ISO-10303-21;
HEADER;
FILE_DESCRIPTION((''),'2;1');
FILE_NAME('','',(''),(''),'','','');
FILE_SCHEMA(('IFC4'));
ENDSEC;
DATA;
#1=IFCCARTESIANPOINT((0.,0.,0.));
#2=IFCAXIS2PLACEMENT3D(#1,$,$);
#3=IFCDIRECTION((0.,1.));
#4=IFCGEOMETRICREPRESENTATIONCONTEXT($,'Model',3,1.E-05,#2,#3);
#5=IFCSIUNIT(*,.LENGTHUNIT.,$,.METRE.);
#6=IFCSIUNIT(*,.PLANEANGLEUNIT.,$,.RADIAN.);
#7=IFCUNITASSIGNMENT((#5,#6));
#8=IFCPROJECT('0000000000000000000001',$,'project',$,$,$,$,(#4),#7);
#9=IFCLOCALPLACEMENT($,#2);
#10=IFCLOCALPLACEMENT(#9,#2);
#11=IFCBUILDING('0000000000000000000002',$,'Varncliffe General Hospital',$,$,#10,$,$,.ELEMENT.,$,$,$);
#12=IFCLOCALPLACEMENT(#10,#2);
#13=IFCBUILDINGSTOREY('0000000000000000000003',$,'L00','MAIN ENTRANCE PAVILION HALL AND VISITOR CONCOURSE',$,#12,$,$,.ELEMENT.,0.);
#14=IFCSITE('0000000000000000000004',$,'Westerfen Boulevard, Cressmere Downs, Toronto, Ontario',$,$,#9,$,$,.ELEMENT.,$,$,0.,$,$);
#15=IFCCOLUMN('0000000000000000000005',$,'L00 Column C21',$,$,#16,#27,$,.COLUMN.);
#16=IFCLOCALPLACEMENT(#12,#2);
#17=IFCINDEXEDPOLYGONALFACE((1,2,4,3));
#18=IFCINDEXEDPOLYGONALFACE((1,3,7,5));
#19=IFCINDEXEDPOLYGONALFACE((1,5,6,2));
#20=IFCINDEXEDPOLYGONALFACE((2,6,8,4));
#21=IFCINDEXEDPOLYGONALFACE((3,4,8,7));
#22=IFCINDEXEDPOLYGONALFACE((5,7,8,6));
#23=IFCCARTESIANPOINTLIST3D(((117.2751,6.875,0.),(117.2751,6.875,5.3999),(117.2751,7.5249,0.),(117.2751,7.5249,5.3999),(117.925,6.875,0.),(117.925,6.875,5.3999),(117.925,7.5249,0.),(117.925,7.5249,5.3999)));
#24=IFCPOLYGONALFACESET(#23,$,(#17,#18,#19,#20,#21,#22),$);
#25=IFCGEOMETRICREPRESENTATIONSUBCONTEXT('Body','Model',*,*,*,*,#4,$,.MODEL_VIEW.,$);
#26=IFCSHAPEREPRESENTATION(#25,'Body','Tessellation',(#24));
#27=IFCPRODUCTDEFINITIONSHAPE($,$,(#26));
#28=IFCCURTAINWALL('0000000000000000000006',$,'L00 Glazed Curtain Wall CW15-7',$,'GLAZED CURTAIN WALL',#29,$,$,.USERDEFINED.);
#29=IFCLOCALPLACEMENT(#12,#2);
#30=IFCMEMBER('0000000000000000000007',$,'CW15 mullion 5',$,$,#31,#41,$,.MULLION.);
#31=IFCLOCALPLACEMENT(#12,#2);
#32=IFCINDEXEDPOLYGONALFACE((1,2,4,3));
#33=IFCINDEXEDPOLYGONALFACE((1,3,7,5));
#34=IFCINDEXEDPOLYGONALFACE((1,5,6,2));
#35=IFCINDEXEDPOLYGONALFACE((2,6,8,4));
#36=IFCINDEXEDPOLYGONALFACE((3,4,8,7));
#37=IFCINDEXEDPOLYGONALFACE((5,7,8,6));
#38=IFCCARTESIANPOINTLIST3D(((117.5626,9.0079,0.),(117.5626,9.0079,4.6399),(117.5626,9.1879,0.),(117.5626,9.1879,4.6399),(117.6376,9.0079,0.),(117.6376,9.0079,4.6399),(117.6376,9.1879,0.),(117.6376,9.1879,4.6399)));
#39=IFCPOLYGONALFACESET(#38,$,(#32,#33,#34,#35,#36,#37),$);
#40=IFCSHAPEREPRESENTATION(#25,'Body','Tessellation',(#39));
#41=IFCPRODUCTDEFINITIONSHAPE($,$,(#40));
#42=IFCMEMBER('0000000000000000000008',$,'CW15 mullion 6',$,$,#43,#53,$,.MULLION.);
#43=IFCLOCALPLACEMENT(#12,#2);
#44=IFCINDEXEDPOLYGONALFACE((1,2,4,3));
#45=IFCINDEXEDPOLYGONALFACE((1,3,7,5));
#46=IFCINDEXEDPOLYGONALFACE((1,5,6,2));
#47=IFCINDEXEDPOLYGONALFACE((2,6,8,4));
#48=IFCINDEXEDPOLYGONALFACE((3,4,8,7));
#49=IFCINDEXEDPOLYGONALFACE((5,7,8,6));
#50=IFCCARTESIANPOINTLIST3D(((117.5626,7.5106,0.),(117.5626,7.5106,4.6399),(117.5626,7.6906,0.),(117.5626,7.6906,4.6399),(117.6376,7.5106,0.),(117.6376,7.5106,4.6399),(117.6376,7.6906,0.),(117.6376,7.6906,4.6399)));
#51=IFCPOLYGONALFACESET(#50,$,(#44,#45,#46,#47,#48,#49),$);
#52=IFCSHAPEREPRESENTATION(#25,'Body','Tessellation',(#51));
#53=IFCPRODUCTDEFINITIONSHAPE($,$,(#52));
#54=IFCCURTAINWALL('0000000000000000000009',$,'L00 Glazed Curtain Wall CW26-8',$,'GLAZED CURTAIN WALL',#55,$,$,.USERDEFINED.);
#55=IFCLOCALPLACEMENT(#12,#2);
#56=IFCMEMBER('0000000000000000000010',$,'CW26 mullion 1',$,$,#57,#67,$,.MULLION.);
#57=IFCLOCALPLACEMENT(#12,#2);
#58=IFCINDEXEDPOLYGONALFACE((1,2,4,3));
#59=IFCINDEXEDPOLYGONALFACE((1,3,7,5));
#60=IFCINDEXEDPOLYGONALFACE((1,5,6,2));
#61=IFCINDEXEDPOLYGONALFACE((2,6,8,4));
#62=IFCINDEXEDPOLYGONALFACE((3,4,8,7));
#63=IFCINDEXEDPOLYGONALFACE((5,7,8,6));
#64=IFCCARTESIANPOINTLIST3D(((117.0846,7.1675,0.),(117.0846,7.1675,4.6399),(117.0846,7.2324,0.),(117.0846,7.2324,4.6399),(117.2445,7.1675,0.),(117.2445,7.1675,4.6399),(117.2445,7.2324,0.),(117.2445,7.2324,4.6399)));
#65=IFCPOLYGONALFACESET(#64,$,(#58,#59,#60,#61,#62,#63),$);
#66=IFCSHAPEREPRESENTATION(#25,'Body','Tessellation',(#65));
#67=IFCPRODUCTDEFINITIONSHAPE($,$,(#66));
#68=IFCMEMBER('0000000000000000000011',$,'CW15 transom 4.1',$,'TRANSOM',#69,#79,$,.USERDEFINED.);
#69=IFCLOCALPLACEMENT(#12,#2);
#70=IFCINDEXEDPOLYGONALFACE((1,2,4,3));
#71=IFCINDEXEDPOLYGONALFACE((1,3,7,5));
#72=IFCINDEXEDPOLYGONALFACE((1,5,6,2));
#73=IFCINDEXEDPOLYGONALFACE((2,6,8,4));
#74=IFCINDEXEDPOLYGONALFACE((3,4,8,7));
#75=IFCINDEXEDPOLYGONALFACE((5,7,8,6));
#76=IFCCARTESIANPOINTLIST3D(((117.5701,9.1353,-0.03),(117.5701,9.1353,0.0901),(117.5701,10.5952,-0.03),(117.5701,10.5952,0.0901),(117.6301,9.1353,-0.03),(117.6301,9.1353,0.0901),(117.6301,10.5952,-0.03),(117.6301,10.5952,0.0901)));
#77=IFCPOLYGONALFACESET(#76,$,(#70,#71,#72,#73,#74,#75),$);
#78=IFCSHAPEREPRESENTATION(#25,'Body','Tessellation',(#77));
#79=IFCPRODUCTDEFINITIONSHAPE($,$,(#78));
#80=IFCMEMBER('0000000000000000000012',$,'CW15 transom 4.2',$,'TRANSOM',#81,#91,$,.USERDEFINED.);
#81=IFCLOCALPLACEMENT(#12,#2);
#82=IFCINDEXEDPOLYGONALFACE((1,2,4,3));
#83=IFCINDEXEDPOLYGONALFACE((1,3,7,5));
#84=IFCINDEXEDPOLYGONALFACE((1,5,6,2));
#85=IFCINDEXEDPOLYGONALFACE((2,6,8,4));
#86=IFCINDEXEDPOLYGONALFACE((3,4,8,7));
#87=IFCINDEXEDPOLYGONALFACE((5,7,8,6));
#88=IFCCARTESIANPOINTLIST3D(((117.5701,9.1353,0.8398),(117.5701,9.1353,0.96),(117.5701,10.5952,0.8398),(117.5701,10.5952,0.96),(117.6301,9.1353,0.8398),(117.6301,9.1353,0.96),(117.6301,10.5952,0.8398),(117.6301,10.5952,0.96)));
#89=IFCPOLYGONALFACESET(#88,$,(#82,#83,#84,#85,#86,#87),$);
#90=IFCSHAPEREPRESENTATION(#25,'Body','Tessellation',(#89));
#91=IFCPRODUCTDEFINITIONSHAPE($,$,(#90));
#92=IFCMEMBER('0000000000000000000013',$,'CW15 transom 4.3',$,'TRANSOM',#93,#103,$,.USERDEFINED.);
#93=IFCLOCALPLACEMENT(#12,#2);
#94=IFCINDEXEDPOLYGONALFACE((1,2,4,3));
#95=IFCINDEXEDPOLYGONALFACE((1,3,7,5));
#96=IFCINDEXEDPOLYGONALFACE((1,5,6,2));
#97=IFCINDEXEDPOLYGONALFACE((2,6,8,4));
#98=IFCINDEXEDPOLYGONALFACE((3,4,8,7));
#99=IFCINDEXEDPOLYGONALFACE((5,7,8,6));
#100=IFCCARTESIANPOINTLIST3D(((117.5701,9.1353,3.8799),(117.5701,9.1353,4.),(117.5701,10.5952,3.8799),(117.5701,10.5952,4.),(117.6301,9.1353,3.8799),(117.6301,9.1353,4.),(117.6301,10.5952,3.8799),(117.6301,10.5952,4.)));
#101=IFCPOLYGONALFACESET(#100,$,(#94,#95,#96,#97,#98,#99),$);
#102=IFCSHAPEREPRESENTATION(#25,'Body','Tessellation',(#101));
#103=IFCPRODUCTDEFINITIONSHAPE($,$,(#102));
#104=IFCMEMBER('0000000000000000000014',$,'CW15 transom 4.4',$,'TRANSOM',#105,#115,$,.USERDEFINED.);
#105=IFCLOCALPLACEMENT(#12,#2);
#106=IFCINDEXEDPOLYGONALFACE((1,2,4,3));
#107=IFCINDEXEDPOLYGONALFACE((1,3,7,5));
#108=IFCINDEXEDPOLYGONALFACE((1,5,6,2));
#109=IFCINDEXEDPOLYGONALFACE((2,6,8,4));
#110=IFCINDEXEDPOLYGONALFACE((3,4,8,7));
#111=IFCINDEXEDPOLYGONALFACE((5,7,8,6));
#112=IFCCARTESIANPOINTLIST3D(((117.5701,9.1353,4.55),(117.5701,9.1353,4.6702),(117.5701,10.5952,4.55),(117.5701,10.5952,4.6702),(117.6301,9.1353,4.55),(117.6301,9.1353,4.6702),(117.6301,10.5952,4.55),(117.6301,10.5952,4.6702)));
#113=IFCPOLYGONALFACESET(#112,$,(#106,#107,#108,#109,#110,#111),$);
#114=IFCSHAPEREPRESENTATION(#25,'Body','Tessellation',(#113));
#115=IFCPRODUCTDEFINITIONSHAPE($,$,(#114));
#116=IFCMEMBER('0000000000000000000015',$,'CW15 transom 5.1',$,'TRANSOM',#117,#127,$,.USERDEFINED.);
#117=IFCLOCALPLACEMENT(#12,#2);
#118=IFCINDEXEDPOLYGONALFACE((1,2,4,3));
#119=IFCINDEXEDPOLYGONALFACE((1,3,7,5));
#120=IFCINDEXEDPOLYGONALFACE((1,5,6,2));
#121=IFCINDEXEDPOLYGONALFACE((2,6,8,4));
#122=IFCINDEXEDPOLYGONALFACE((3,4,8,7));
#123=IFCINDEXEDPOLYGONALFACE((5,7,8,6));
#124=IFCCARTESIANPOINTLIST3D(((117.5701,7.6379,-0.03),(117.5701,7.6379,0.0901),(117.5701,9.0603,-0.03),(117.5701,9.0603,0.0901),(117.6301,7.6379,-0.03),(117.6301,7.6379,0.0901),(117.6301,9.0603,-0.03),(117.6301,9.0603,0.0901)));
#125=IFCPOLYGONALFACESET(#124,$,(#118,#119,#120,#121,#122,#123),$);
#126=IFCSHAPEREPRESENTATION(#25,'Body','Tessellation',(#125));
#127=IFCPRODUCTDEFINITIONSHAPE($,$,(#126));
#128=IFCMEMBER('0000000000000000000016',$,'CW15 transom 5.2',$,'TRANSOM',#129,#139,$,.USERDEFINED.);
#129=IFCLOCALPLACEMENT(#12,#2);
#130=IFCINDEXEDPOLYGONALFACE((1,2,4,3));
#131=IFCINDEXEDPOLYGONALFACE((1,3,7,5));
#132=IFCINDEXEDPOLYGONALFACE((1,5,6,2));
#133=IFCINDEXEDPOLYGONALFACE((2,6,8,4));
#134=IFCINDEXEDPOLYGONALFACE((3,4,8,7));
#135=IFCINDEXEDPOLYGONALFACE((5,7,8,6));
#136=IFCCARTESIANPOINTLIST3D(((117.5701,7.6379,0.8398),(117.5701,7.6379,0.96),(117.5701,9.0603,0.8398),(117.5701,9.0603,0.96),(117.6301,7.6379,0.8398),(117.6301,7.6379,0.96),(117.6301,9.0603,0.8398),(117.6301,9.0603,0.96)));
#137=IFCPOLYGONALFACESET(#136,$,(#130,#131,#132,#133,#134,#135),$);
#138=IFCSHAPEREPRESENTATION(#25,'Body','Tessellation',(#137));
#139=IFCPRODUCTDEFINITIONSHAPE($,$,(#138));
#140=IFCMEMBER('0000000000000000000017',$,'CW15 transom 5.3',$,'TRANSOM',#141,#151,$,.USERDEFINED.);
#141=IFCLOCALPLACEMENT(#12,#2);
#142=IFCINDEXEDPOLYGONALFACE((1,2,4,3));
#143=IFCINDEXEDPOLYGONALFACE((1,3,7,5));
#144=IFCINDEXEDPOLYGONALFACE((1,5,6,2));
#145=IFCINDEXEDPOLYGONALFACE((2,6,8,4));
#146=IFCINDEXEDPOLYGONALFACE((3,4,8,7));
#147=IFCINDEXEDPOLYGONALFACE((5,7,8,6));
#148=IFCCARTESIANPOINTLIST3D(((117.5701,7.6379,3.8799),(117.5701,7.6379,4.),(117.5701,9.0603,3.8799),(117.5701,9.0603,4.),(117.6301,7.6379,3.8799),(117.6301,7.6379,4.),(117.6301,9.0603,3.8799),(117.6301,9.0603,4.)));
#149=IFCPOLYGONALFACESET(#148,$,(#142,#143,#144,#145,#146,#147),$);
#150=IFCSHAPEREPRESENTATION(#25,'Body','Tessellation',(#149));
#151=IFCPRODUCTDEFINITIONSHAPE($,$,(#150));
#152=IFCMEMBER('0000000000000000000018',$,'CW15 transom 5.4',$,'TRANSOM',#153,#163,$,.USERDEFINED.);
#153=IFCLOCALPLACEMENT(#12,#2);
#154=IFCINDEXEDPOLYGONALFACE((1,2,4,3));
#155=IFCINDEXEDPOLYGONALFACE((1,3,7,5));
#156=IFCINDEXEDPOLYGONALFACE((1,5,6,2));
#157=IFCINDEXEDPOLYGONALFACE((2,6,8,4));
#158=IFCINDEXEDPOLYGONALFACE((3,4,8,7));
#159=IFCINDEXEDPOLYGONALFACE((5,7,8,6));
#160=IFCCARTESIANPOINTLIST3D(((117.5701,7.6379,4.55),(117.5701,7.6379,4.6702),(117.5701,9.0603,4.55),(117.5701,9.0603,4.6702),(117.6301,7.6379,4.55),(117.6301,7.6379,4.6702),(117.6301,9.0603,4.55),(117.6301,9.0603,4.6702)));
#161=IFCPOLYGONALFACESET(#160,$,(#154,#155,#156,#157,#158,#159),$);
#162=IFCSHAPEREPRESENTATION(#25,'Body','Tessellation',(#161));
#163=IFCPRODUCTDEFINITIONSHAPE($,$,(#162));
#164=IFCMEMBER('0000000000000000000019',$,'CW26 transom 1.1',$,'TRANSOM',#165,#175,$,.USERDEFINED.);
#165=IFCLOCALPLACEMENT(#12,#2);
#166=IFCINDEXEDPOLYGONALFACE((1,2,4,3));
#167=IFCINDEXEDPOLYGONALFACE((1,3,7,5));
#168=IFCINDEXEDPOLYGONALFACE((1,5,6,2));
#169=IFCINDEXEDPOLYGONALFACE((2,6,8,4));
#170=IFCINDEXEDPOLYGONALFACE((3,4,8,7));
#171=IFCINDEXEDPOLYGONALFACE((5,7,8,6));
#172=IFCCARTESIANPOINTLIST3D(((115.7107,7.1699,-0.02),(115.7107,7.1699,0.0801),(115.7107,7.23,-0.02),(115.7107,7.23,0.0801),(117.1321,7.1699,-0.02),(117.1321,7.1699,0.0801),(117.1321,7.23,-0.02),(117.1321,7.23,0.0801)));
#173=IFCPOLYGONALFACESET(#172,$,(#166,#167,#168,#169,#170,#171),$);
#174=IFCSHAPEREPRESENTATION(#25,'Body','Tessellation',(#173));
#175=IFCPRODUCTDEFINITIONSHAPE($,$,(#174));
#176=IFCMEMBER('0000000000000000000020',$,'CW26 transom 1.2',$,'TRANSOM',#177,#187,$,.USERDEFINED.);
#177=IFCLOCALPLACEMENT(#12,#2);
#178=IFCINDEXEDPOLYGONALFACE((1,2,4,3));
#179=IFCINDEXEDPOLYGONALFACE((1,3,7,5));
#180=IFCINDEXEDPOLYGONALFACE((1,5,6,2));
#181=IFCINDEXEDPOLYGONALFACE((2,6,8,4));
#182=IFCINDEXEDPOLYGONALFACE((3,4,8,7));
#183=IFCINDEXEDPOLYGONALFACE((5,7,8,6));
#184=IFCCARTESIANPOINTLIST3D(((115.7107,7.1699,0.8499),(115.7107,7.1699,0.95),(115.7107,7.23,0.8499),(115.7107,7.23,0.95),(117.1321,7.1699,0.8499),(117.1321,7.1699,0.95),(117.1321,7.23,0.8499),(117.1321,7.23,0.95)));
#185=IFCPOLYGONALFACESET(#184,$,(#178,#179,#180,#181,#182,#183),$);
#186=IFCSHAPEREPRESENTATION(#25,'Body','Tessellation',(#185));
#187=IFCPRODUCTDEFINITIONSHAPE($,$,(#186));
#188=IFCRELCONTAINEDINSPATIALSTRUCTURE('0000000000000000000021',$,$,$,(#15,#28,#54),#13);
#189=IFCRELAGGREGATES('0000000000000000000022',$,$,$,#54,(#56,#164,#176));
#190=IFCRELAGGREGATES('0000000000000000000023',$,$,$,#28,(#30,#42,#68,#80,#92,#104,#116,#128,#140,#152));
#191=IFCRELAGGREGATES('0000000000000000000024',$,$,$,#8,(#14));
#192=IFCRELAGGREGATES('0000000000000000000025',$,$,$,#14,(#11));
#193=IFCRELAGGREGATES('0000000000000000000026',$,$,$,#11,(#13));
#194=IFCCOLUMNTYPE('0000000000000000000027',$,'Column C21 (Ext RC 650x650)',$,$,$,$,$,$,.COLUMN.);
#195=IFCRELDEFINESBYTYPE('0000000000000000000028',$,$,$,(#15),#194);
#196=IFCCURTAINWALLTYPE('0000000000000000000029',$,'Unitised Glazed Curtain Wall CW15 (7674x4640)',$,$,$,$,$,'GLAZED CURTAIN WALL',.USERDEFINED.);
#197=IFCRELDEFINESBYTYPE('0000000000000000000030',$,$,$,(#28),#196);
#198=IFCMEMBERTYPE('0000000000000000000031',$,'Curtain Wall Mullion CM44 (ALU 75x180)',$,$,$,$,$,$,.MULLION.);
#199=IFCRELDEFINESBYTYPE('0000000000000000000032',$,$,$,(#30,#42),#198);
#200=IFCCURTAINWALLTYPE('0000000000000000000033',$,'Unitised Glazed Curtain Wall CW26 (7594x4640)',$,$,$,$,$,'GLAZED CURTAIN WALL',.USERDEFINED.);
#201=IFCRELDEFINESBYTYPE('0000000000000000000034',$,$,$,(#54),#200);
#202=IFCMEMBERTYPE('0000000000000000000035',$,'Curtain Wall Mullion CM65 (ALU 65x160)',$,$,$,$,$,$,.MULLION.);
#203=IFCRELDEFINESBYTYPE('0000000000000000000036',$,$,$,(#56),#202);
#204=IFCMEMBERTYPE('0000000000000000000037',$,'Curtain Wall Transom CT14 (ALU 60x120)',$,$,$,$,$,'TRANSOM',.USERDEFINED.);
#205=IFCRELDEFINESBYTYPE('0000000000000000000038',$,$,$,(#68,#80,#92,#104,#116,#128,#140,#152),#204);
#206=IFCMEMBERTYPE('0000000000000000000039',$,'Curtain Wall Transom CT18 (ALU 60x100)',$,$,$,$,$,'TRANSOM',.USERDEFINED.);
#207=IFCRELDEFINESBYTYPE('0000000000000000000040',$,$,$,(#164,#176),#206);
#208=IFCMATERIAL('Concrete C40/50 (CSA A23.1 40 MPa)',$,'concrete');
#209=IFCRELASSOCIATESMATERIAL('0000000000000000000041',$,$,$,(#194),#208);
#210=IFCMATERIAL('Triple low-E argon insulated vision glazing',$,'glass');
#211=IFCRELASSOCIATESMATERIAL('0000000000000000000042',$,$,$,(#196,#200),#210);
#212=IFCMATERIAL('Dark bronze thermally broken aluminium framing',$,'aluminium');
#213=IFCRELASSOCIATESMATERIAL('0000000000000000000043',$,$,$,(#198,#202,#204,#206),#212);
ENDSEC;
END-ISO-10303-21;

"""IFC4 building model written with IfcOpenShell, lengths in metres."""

from ifc_helpers import new_model, si_unit, direction, frame, origin, origin_2d, place, context, subcontext, project, spatial, rectangle, extrude, material, material_profile, profile_set, type_object, element, aggregate, save


model = new_model("IFC4")

# Units and contexts
model_context = context("Model", 3, precision=1e-05, world=origin(), true_north=direction((0.0, 1.0)))
body_context = subcontext(model_context, "Body", "Model", "MODEL_VIEW")
ifc_project = project(units=[si_unit("LENGTHUNIT", "METRE"), si_unit("PLANEANGLEUNIT", "RADIAN")], contexts=[model_context])

# Site, building, storey
site_placement = place(None, origin())
site = spatial("IfcSite", under=ifc_project, at=site_placement, Name="Westerfen Boulevard, Cressmere Downs, Toronto, Ontario", CompositionType="ELEMENT", RefElevation=0.0)
building_placement = place(site_placement, origin())
building = spatial("IfcBuilding", under=site, at=building_placement, Name="Varncliffe General Hospital", CompositionType="ELEMENT")
storey_placement = place(building_placement, origin())
storey = spatial("IfcBuildingStorey", under=building, at=storey_placement, Name="L00", Description="MAIN ENTRANCE PAVILION HALL AND VISITOR CONCOURSE", CompositionType="ELEMENT", Elevation=0.0)

# Column
ifc_material_1 = material(Name="Concrete C40/50 (CSA A23.1 40 MPa)", Category="concrete")
ifc_material_profile_1 = material_profile(ifc_material_1, rectangle(XDim=0.6499, YDim=0.6499, at=origin_2d()), Name="RC 650x650")
ifc_profile_set_1 = profile_set([ifc_material_profile_1], Name="Concrete C40/50 (CSA A23.1 40 MPa)")
column_type = type_object("IfcColumnType", Name="Column C21 (Ext RC 650x650)", PredefinedType="COLUMN", material=ifc_profile_set_1)
column_placement = place(storey_placement, frame((117.6001, 7.2, 0.0), z_axis=(0.0, 0.0, 1.0), x_axis=(1.0, 0.0, 0.0)))
element("IfcColumn", 1, at=column_placement, inside=storey, type_object=column_type, Name="L00 Column C21", PredefinedType="COLUMN", context=body_context, shape_type="SweptSolid", body=[
    extrude(rectangle(XDim=0.6499, YDim=0.6499, at=origin_2d()), origin(), (0.0, 0.0, 1.0), 5.3999),
])

# Curtain wall, members
ifc_material_2 = material(Name="Triple low-E argon insulated vision glazing", Category="glass")
curtain_wall_type_1 = type_object("IfcCurtainWallType", Name="Unitised Glazed Curtain Wall CW15 (7674x4640)", ElementType="GLAZED CURTAIN WALL", PredefinedType="USERDEFINED", material=ifc_material_2)
curtain_wall_1_placement = place(storey_placement, origin())
curtain_wall_1 = element("IfcCurtainWall", 2, at=curtain_wall_1_placement, inside=storey, type_object=curtain_wall_type_1, Name="L00 Glazed Curtain Wall CW15-7", ObjectType="GLAZED CURTAIN WALL", PredefinedType="USERDEFINED")
ifc_material_3 = material(Name="Dark bronze thermally broken aluminium framing", Category="aluminium")
ifc_material_profile_2 = material_profile(ifc_material_3, rectangle(XDim=0.075, YDim=0.1799, at=origin_2d()), Name="ALU 75x180")
ifc_profile_set_2 = profile_set([ifc_material_profile_2], Name="Dark bronze thermally broken aluminium framing")
member_type_1 = type_object("IfcMemberType", Name="Curtain Wall Mullion CM44 (ALU 75x180)", PredefinedType="MULLION", material=ifc_profile_set_2)
member_1_placement = place(storey_placement, frame((117.6001, 9.0979, 0.0), z_axis=(0.0, 0.0, 1.0), x_axis=(1.0, 0.0, 0.0)))
member_1 = element("IfcMember", 3, at=member_1_placement, type_object=member_type_1, Name="CW15 mullion 5", PredefinedType="MULLION", context=body_context, shape_type="SweptSolid", body=[
    extrude(rectangle(XDim=0.075, YDim=0.1799, at=origin_2d()), origin(), (0.0, 0.0, 1.0), 4.6399),
])
member_2_placement = place(storey_placement, frame((117.6001, 7.6006, 0.0), z_axis=(0.0, 0.0, 1.0), x_axis=(1.0, 0.0, 0.0)))
member_2 = element("IfcMember", 4, at=member_2_placement, type_object=member_type_1, Name="CW15 mullion 6", PredefinedType="MULLION", context=body_context, shape_type="SweptSolid", body=[
    extrude(rectangle(XDim=0.075, YDim=0.1799, at=origin_2d()), origin(), (0.0, 0.0, 1.0), 4.6399),
])

# Curtain wall, member
curtain_wall_type_2 = type_object("IfcCurtainWallType", Name="Unitised Glazed Curtain Wall CW26 (7594x4640)", ElementType="GLAZED CURTAIN WALL", PredefinedType="USERDEFINED", material=ifc_material_2)
curtain_wall_2_placement = place(storey_placement, origin())
curtain_wall_2 = element("IfcCurtainWall", 5, at=curtain_wall_2_placement, inside=storey, type_object=curtain_wall_type_2, Name="L00 Glazed Curtain Wall CW26-8", ObjectType="GLAZED CURTAIN WALL", PredefinedType="USERDEFINED")
ifc_material_profile_3 = material_profile(ifc_material_3, rectangle(XDim=0.0649, YDim=0.1599, at=origin_2d()), Name="ALU 65x160")
ifc_profile_set_3 = profile_set([ifc_material_profile_3], Name="Dark bronze thermally broken aluminium framing")
member_type_2 = type_object("IfcMemberType", Name="Curtain Wall Mullion CM65 (ALU 65x160)", PredefinedType="MULLION", material=ifc_profile_set_3)
member_3_placement = place(storey_placement, frame((117.1646, 7.2, 0.0), z_axis=(0.0, 0.0, 1.0), x_axis=(0.0, -1.0, 0.0)))
member_3 = element("IfcMember", 6, at=member_3_placement, type_object=member_type_2, Name="CW26 mullion 1", PredefinedType="MULLION", context=body_context, shape_type="SweptSolid", body=[
    extrude(rectangle(XDim=0.0649, YDim=0.1599, at=origin_2d()), origin(), (0.0, 0.0, 1.0), 4.6399),
])

# Members
ifc_material_profile_4 = material_profile(ifc_material_3, rectangle(XDim=0.0601, YDim=0.1201, at=origin_2d()), Name="ALU 60x120")
ifc_profile_set_4 = profile_set([ifc_material_profile_4], Name="Dark bronze thermally broken aluminium framing")
member_type_3 = type_object("IfcMemberType", Name="Curtain Wall Transom CT14 (ALU 60x120)", ElementType="TRANSOM", PredefinedType="USERDEFINED", material=ifc_profile_set_4)
member_4_placement = place(storey_placement, frame((117.6001, 10.5952, 0.03), z_axis=(0.0, -1.0, 0.0), x_axis=(1.0, 0.0, 0.0)))
member_4 = element("IfcMember", 7, at=member_4_placement, type_object=member_type_3, Name="CW15 transom 4.1", ObjectType="TRANSOM", PredefinedType="USERDEFINED", context=body_context, shape_type="SweptSolid", body=[
    extrude(rectangle(XDim=0.0601, YDim=0.1201, at=origin_2d()), origin(), (0.0, 0.0, 1.0), 1.46),
])
member_5_placement = place(storey_placement, frame((117.6001, 10.5952, 0.8999), z_axis=(0.0, -1.0, 0.0), x_axis=(1.0, 0.0, 0.0)))
member_5 = element("IfcMember", 8, at=member_5_placement, type_object=member_type_3, Name="CW15 transom 4.2", ObjectType="TRANSOM", PredefinedType="USERDEFINED", context=body_context, shape_type="SweptSolid", body=[
    extrude(rectangle(XDim=0.0601, YDim=0.1201, at=origin_2d()), origin(), (0.0, 0.0, 1.0), 1.46),
])
member_6_placement = place(storey_placement, frame((117.6001, 10.5952, 3.9399), z_axis=(0.0, -1.0, 0.0), x_axis=(1.0, 0.0, 0.0)))
member_6 = element("IfcMember", 9, at=member_6_placement, type_object=member_type_3, Name="CW15 transom 4.3", ObjectType="TRANSOM", PredefinedType="USERDEFINED", context=body_context, shape_type="SweptSolid", body=[
    extrude(rectangle(XDim=0.0601, YDim=0.1201, at=origin_2d()), origin(), (0.0, 0.0, 1.0), 1.46),
])
member_7_placement = place(storey_placement, frame((117.6001, 10.5952, 4.6101), z_axis=(0.0, -1.0, 0.0), x_axis=(1.0, 0.0, 0.0)))
member_7 = element("IfcMember", 10, at=member_7_placement, type_object=member_type_3, Name="CW15 transom 4.4", ObjectType="TRANSOM", PredefinedType="USERDEFINED", context=body_context, shape_type="SweptSolid", body=[
    extrude(rectangle(XDim=0.0601, YDim=0.1201, at=origin_2d()), origin(), (0.0, 0.0, 1.0), 1.46),
])
member_8_placement = place(storey_placement, frame((117.6001, 9.0603, 0.03), z_axis=(0.0, -1.0, 0.0), x_axis=(1.0, 0.0, 0.0)))
member_8 = element("IfcMember", 11, at=member_8_placement, type_object=member_type_3, Name="CW15 transom 5.1", ObjectType="TRANSOM", PredefinedType="USERDEFINED", context=body_context, shape_type="SweptSolid", body=[
    extrude(rectangle(XDim=0.0601, YDim=0.1201, at=origin_2d()), origin(), (0.0, 0.0, 1.0), 1.4224),
])
member_9_placement = place(storey_placement, frame((117.6001, 9.0603, 0.8999), z_axis=(0.0, -1.0, 0.0), x_axis=(1.0, 0.0, 0.0)))
member_9 = element("IfcMember", 12, at=member_9_placement, type_object=member_type_3, Name="CW15 transom 5.2", ObjectType="TRANSOM", PredefinedType="USERDEFINED", context=body_context, shape_type="SweptSolid", body=[
    extrude(rectangle(XDim=0.0601, YDim=0.1201, at=origin_2d()), origin(), (0.0, 0.0, 1.0), 1.4224),
])
member_10_placement = place(storey_placement, frame((117.6001, 9.0603, 3.9399), z_axis=(0.0, -1.0, 0.0), x_axis=(1.0, 0.0, 0.0)))
member_10 = element("IfcMember", 13, at=member_10_placement, type_object=member_type_3, Name="CW15 transom 5.3", ObjectType="TRANSOM", PredefinedType="USERDEFINED", context=body_context, shape_type="SweptSolid", body=[
    extrude(rectangle(XDim=0.0601, YDim=0.1201, at=origin_2d()), origin(), (0.0, 0.0, 1.0), 1.4224),
])
member_11_placement = place(storey_placement, frame((117.6001, 9.0603, 4.6101), z_axis=(0.0, -1.0, 0.0), x_axis=(1.0, 0.0, 0.0)))
member_11 = element("IfcMember", 14, at=member_11_placement, type_object=member_type_3, Name="CW15 transom 5.4", ObjectType="TRANSOM", PredefinedType="USERDEFINED", context=body_context, shape_type="SweptSolid", body=[
    extrude(rectangle(XDim=0.0601, YDim=0.1201, at=origin_2d()), origin(), (0.0, 0.0, 1.0), 1.4224),
])
ifc_material_profile_5 = material_profile(ifc_material_3, rectangle(XDim=0.0601, YDim=0.1001, at=origin_2d()), Name="ALU 60x100")
ifc_profile_set_5 = profile_set([ifc_material_profile_5], Name="Dark bronze thermally broken aluminium framing")
member_type_4 = type_object("IfcMemberType", Name="Curtain Wall Transom CT18 (ALU 60x100)", ElementType="TRANSOM", PredefinedType="USERDEFINED", material=ifc_profile_set_5)
member_12_placement = place(storey_placement, frame((117.1321, 7.2, 0.03), z_axis=(-1.0, 0.0, 0.0), x_axis=(0.0, -1.0, 0.0)))
member_12 = element("IfcMember", 15, at=member_12_placement, type_object=member_type_4, Name="CW26 transom 1.1", ObjectType="TRANSOM", PredefinedType="USERDEFINED", context=body_context, shape_type="SweptSolid", body=[
    extrude(rectangle(XDim=0.0601, YDim=0.1001, at=origin_2d()), origin(), (0.0, 0.0, 1.0), 1.4214),
])
member_13_placement = place(storey_placement, frame((117.1321, 7.2, 0.8999), z_axis=(-1.0, 0.0, 0.0), x_axis=(0.0, -1.0, 0.0)))
member_13 = element("IfcMember", 16, at=member_13_placement, type_object=member_type_4, Name="CW26 transom 1.2", ObjectType="TRANSOM", PredefinedType="USERDEFINED", context=body_context, shape_type="SweptSolid", body=[
    extrude(rectangle(XDim=0.0601, YDim=0.1001, at=origin_2d()), origin(), (0.0, 0.0, 1.0), 1.4214),
])

aggregate(curtain_wall_2, [member_3, member_12, member_13])
aggregate(curtain_wall_1, [member_1, member_2, member_4, member_5, member_6, member_7, member_8, member_9, member_10, member_11])

save(model, "model.ifc")
